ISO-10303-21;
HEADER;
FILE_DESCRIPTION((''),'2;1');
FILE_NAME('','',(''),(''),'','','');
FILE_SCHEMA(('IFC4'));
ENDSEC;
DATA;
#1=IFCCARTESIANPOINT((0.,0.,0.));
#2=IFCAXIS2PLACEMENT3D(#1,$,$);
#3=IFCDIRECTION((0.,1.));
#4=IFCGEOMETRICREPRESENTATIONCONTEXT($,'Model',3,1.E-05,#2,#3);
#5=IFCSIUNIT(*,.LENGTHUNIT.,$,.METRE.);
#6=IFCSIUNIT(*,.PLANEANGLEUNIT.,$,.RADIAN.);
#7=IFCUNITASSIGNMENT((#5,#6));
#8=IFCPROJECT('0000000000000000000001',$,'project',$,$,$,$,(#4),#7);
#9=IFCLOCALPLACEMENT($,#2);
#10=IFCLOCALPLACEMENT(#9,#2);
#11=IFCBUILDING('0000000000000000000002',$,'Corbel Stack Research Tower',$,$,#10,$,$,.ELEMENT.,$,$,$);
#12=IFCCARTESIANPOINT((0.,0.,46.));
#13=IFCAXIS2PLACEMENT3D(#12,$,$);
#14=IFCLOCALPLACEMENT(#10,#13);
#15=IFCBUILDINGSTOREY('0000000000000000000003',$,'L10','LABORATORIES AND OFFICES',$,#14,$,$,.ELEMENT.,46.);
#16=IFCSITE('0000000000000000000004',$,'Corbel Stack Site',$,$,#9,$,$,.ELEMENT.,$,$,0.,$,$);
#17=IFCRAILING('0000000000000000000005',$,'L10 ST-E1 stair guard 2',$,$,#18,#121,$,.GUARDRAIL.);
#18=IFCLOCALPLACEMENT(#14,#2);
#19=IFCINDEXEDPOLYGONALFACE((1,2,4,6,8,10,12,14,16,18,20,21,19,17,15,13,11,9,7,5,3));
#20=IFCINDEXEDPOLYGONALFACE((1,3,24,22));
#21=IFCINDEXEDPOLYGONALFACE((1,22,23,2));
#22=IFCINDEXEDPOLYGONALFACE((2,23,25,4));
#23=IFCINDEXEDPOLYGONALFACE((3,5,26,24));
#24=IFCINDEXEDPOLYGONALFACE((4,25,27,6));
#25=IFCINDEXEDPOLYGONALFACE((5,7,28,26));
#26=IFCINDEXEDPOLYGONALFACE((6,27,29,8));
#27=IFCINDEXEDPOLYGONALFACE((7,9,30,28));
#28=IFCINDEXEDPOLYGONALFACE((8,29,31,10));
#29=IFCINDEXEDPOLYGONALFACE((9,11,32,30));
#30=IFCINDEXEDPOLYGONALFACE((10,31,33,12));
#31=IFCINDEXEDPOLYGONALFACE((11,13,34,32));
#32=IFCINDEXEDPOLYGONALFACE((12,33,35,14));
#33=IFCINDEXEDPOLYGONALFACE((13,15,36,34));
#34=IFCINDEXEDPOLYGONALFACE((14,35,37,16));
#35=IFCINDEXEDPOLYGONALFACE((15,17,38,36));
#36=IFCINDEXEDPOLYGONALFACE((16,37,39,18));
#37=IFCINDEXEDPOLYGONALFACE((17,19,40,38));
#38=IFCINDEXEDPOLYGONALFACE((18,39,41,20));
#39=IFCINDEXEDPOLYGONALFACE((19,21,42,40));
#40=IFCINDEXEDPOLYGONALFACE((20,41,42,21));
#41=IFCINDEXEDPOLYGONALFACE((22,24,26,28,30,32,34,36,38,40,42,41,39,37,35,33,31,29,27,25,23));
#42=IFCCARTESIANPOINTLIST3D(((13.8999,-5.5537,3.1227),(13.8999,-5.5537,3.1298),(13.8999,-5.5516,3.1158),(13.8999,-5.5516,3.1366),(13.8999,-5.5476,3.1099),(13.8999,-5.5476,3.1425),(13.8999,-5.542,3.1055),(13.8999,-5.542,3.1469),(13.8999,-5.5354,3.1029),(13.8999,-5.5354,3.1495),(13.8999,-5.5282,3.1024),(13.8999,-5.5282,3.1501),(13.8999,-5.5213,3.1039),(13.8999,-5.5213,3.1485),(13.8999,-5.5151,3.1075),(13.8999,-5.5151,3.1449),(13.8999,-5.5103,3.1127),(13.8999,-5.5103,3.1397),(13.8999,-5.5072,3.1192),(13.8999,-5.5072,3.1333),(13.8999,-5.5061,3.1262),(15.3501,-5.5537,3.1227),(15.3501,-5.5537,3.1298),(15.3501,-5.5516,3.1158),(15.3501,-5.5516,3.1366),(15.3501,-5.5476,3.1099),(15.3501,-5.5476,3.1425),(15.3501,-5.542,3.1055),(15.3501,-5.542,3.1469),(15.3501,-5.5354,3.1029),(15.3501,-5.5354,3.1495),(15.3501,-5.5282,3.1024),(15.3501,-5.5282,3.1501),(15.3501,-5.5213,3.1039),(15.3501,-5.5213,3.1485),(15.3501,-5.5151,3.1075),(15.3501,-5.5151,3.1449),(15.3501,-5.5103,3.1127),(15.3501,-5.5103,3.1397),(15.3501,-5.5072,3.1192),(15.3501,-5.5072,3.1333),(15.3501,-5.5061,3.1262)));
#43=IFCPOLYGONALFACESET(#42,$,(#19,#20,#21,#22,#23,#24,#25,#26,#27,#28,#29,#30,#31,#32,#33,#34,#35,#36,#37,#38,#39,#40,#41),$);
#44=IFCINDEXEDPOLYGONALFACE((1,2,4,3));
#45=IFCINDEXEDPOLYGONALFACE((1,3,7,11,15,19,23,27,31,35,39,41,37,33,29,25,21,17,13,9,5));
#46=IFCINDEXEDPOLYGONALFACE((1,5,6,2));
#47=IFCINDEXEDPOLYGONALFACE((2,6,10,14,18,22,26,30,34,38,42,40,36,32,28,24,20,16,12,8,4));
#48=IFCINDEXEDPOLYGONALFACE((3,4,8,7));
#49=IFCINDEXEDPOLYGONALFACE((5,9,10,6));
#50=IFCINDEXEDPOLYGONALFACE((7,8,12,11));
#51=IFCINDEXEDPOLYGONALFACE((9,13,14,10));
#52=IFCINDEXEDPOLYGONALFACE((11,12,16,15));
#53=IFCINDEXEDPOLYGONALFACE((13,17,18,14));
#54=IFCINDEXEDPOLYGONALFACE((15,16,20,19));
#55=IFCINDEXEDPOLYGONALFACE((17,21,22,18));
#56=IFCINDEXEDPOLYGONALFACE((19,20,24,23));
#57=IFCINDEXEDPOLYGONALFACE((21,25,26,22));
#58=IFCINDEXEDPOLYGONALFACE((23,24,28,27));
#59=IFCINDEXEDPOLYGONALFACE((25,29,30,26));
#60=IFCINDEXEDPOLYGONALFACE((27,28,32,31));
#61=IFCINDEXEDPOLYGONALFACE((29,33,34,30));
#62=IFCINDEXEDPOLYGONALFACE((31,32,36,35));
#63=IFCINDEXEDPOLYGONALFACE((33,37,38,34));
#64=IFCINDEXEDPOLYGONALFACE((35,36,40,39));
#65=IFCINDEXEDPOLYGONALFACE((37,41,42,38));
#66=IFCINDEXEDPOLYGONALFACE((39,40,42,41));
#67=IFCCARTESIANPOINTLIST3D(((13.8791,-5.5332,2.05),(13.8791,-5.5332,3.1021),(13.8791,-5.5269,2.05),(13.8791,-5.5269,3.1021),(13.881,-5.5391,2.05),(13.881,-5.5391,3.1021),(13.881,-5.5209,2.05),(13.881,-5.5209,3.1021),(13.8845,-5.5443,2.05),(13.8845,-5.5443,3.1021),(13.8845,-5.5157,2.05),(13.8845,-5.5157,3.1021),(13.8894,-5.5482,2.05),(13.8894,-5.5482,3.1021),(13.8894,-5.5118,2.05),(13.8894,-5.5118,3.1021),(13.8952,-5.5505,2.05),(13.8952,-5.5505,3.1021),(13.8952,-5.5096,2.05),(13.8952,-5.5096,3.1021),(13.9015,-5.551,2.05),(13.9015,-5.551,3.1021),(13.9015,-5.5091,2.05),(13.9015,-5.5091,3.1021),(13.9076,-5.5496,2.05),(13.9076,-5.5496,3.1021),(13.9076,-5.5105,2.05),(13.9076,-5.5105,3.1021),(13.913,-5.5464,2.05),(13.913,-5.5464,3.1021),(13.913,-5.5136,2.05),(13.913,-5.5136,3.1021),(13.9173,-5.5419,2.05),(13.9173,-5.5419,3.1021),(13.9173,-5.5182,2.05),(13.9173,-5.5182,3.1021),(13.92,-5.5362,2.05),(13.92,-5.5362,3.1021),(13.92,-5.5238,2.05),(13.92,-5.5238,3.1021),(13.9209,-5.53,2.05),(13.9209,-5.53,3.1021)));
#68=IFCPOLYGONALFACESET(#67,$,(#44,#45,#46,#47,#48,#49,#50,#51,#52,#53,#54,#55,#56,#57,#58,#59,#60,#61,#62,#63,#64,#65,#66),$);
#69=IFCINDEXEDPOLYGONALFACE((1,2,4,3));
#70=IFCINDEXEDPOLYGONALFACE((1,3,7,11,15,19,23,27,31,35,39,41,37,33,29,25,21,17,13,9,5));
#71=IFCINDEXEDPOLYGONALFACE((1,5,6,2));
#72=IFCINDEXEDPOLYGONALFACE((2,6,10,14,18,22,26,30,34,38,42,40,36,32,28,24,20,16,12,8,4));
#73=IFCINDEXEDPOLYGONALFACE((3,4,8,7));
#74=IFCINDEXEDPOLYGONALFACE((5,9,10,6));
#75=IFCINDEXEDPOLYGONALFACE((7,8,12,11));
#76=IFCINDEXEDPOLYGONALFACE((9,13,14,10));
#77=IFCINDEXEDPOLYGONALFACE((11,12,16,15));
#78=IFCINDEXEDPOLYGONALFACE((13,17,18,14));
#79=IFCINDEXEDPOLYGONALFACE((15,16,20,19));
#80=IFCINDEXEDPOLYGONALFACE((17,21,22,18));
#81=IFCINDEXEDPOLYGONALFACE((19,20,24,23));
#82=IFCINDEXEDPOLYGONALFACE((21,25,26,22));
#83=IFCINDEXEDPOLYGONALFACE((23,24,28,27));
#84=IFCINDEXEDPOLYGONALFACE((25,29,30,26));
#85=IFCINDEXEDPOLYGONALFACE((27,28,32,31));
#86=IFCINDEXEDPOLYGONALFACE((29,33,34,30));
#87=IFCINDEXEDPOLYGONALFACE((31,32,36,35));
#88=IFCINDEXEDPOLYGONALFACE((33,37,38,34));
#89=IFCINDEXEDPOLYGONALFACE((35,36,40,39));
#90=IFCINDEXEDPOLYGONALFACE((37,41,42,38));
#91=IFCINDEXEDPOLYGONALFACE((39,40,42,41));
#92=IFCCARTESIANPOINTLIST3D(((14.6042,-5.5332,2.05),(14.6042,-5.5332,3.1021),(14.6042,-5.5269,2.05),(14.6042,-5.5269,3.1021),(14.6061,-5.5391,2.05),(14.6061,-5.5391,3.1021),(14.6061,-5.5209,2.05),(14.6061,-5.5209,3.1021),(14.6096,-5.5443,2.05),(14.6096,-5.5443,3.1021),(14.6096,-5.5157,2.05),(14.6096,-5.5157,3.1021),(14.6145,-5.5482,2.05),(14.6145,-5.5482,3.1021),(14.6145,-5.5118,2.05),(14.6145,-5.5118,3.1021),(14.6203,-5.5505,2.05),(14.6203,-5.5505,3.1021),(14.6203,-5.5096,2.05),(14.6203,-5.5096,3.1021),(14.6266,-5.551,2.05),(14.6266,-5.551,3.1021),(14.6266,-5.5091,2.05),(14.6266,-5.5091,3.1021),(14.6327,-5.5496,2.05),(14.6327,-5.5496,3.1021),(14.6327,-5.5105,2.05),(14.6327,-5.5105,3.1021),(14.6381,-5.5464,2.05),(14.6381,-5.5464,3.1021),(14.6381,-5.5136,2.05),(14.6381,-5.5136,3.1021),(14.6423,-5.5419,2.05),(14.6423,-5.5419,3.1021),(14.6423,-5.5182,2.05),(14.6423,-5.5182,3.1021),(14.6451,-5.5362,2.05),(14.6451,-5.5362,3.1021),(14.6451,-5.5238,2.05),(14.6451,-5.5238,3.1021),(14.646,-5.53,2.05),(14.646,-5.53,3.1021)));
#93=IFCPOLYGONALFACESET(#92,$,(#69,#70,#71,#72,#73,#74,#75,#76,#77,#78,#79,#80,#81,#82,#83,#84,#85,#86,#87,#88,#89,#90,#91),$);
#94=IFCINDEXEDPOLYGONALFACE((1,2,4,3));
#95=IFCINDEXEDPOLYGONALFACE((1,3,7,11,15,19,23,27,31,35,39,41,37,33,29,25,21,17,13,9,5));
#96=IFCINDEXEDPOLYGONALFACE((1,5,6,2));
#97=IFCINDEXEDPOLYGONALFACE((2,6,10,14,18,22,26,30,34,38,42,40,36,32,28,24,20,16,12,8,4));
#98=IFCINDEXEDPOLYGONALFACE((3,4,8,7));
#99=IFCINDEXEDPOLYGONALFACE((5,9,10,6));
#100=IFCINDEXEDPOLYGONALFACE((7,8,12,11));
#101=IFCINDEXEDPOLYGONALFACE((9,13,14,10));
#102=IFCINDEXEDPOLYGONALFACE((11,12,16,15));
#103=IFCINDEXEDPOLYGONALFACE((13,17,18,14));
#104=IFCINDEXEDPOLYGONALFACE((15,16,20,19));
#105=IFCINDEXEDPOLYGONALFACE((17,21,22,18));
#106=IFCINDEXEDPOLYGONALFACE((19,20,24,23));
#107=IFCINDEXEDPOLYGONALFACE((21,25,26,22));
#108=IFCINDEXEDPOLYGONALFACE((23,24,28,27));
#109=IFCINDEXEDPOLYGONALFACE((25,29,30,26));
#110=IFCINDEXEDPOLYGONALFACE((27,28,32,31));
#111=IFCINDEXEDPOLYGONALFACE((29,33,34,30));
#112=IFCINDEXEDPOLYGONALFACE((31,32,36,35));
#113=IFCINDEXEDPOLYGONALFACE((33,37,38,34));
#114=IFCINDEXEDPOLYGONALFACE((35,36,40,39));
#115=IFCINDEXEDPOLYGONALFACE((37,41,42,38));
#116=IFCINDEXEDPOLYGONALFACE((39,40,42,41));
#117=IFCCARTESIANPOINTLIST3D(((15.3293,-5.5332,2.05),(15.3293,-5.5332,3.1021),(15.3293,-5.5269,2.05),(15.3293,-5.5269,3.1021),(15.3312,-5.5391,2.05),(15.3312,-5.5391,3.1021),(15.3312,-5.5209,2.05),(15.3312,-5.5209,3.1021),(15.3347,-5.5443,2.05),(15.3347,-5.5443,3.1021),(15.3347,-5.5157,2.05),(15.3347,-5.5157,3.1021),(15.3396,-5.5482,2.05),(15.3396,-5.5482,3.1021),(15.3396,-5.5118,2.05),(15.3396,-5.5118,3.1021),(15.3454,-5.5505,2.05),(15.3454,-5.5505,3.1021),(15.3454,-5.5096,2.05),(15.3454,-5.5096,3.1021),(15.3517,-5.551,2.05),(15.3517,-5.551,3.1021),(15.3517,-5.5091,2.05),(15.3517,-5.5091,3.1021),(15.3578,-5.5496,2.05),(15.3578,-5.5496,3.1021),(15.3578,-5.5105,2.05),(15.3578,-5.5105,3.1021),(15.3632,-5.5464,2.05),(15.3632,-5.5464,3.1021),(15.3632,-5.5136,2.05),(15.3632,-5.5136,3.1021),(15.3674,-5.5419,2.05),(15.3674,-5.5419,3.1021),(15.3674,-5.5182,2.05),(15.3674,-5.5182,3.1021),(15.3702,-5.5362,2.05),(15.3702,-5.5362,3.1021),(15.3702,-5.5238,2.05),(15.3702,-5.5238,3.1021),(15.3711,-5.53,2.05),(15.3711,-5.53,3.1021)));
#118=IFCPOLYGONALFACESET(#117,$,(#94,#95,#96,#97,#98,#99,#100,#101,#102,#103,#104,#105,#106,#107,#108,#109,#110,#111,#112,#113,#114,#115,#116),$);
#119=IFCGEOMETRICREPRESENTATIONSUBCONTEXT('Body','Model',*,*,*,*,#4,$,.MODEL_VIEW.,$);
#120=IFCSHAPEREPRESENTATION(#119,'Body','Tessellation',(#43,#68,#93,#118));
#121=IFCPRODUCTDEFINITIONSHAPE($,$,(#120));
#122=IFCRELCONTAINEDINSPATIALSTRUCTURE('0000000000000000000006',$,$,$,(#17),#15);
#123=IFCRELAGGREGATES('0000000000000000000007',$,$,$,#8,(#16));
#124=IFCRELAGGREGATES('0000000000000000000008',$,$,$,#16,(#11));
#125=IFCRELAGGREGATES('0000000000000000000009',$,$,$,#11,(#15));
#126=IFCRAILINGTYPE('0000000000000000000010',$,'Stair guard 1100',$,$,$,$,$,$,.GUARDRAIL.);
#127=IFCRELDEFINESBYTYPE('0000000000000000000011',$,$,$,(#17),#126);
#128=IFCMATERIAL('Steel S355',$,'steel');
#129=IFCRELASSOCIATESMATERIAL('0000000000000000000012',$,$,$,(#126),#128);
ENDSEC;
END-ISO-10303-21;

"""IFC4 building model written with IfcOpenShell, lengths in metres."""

from ifc_helpers import new_model, si_unit, direction, frame, origin, origin_2d, place, context, subcontext, project, spatial, circle, extrude, material, type_object, element, save


model = new_model("IFC4")

# Units and contexts
model_context = context("Model", 3, precision=1e-05, world=origin(), true_north=direction((0.0, 1.0)))
body_context = subcontext(model_context, "Body", "Model", "MODEL_VIEW")
ifc_project = project(units=[si_unit("LENGTHUNIT", "METRE"), si_unit("PLANEANGLEUNIT", "RADIAN")], contexts=[model_context])

# Site, building, storey
site_placement = place(None, origin())
site = spatial("IfcSite", under=ifc_project, at=site_placement, Name="Corbel Stack Site", CompositionType="ELEMENT", RefElevation=0.0)
building_placement = place(site_placement, origin())
building = spatial("IfcBuilding", under=site, at=building_placement, Name="Corbel Stack Research Tower", CompositionType="ELEMENT")
storey_placement = place(building_placement, frame((0.0, 0.0, 46.0)))
storey = spatial("IfcBuildingStorey", under=building, at=storey_placement, Name="L10", Description="LABORATORIES AND OFFICES", CompositionType="ELEMENT", Elevation=46.0)

# Railing
ifc_material_1 = material(Name="Steel S355", Category="steel")
railing_type_1 = type_object("IfcRailingType", Name="Stair guard 1100", PredefinedType="GUARDRAIL", material=ifc_material_1)
railing_1_placement = place(storey_placement, frame((13.8999, -5.53, 2.05)))
element("IfcRailing", 1, at=railing_1_placement, inside=storey, type_object=railing_type_1, Name="L10 ST-E1 stair guard 2", PredefinedType="GUARDRAIL", context=body_context, shape_type="SweptSolid", body=[
    extrude(circle(Radius=0.0239, at=origin_2d()), frame((0.0, 0.0, 1.0762), z_axis=(1.0, 0.0, 0.0), x_axis=(0.0, 1.0, 0.0)), (0.0, 0.0, 1.0), 1.4502),
    extrude(circle(Radius=0.021, at=origin_2d()), origin(), (0.0, 0.0, 1.0), 1.052),
    extrude(circle(Radius=0.021, at=origin_2d()), frame((0.7251, 0.0, 0.0)), (0.0, 0.0, 1.0), 1.052),
    extrude(circle(Radius=0.021, at=origin_2d()), frame((1.4502, 0.0, 0.0)), (0.0, 0.0, 1.0), 1.052),
])

save(model, "model.ifc")
